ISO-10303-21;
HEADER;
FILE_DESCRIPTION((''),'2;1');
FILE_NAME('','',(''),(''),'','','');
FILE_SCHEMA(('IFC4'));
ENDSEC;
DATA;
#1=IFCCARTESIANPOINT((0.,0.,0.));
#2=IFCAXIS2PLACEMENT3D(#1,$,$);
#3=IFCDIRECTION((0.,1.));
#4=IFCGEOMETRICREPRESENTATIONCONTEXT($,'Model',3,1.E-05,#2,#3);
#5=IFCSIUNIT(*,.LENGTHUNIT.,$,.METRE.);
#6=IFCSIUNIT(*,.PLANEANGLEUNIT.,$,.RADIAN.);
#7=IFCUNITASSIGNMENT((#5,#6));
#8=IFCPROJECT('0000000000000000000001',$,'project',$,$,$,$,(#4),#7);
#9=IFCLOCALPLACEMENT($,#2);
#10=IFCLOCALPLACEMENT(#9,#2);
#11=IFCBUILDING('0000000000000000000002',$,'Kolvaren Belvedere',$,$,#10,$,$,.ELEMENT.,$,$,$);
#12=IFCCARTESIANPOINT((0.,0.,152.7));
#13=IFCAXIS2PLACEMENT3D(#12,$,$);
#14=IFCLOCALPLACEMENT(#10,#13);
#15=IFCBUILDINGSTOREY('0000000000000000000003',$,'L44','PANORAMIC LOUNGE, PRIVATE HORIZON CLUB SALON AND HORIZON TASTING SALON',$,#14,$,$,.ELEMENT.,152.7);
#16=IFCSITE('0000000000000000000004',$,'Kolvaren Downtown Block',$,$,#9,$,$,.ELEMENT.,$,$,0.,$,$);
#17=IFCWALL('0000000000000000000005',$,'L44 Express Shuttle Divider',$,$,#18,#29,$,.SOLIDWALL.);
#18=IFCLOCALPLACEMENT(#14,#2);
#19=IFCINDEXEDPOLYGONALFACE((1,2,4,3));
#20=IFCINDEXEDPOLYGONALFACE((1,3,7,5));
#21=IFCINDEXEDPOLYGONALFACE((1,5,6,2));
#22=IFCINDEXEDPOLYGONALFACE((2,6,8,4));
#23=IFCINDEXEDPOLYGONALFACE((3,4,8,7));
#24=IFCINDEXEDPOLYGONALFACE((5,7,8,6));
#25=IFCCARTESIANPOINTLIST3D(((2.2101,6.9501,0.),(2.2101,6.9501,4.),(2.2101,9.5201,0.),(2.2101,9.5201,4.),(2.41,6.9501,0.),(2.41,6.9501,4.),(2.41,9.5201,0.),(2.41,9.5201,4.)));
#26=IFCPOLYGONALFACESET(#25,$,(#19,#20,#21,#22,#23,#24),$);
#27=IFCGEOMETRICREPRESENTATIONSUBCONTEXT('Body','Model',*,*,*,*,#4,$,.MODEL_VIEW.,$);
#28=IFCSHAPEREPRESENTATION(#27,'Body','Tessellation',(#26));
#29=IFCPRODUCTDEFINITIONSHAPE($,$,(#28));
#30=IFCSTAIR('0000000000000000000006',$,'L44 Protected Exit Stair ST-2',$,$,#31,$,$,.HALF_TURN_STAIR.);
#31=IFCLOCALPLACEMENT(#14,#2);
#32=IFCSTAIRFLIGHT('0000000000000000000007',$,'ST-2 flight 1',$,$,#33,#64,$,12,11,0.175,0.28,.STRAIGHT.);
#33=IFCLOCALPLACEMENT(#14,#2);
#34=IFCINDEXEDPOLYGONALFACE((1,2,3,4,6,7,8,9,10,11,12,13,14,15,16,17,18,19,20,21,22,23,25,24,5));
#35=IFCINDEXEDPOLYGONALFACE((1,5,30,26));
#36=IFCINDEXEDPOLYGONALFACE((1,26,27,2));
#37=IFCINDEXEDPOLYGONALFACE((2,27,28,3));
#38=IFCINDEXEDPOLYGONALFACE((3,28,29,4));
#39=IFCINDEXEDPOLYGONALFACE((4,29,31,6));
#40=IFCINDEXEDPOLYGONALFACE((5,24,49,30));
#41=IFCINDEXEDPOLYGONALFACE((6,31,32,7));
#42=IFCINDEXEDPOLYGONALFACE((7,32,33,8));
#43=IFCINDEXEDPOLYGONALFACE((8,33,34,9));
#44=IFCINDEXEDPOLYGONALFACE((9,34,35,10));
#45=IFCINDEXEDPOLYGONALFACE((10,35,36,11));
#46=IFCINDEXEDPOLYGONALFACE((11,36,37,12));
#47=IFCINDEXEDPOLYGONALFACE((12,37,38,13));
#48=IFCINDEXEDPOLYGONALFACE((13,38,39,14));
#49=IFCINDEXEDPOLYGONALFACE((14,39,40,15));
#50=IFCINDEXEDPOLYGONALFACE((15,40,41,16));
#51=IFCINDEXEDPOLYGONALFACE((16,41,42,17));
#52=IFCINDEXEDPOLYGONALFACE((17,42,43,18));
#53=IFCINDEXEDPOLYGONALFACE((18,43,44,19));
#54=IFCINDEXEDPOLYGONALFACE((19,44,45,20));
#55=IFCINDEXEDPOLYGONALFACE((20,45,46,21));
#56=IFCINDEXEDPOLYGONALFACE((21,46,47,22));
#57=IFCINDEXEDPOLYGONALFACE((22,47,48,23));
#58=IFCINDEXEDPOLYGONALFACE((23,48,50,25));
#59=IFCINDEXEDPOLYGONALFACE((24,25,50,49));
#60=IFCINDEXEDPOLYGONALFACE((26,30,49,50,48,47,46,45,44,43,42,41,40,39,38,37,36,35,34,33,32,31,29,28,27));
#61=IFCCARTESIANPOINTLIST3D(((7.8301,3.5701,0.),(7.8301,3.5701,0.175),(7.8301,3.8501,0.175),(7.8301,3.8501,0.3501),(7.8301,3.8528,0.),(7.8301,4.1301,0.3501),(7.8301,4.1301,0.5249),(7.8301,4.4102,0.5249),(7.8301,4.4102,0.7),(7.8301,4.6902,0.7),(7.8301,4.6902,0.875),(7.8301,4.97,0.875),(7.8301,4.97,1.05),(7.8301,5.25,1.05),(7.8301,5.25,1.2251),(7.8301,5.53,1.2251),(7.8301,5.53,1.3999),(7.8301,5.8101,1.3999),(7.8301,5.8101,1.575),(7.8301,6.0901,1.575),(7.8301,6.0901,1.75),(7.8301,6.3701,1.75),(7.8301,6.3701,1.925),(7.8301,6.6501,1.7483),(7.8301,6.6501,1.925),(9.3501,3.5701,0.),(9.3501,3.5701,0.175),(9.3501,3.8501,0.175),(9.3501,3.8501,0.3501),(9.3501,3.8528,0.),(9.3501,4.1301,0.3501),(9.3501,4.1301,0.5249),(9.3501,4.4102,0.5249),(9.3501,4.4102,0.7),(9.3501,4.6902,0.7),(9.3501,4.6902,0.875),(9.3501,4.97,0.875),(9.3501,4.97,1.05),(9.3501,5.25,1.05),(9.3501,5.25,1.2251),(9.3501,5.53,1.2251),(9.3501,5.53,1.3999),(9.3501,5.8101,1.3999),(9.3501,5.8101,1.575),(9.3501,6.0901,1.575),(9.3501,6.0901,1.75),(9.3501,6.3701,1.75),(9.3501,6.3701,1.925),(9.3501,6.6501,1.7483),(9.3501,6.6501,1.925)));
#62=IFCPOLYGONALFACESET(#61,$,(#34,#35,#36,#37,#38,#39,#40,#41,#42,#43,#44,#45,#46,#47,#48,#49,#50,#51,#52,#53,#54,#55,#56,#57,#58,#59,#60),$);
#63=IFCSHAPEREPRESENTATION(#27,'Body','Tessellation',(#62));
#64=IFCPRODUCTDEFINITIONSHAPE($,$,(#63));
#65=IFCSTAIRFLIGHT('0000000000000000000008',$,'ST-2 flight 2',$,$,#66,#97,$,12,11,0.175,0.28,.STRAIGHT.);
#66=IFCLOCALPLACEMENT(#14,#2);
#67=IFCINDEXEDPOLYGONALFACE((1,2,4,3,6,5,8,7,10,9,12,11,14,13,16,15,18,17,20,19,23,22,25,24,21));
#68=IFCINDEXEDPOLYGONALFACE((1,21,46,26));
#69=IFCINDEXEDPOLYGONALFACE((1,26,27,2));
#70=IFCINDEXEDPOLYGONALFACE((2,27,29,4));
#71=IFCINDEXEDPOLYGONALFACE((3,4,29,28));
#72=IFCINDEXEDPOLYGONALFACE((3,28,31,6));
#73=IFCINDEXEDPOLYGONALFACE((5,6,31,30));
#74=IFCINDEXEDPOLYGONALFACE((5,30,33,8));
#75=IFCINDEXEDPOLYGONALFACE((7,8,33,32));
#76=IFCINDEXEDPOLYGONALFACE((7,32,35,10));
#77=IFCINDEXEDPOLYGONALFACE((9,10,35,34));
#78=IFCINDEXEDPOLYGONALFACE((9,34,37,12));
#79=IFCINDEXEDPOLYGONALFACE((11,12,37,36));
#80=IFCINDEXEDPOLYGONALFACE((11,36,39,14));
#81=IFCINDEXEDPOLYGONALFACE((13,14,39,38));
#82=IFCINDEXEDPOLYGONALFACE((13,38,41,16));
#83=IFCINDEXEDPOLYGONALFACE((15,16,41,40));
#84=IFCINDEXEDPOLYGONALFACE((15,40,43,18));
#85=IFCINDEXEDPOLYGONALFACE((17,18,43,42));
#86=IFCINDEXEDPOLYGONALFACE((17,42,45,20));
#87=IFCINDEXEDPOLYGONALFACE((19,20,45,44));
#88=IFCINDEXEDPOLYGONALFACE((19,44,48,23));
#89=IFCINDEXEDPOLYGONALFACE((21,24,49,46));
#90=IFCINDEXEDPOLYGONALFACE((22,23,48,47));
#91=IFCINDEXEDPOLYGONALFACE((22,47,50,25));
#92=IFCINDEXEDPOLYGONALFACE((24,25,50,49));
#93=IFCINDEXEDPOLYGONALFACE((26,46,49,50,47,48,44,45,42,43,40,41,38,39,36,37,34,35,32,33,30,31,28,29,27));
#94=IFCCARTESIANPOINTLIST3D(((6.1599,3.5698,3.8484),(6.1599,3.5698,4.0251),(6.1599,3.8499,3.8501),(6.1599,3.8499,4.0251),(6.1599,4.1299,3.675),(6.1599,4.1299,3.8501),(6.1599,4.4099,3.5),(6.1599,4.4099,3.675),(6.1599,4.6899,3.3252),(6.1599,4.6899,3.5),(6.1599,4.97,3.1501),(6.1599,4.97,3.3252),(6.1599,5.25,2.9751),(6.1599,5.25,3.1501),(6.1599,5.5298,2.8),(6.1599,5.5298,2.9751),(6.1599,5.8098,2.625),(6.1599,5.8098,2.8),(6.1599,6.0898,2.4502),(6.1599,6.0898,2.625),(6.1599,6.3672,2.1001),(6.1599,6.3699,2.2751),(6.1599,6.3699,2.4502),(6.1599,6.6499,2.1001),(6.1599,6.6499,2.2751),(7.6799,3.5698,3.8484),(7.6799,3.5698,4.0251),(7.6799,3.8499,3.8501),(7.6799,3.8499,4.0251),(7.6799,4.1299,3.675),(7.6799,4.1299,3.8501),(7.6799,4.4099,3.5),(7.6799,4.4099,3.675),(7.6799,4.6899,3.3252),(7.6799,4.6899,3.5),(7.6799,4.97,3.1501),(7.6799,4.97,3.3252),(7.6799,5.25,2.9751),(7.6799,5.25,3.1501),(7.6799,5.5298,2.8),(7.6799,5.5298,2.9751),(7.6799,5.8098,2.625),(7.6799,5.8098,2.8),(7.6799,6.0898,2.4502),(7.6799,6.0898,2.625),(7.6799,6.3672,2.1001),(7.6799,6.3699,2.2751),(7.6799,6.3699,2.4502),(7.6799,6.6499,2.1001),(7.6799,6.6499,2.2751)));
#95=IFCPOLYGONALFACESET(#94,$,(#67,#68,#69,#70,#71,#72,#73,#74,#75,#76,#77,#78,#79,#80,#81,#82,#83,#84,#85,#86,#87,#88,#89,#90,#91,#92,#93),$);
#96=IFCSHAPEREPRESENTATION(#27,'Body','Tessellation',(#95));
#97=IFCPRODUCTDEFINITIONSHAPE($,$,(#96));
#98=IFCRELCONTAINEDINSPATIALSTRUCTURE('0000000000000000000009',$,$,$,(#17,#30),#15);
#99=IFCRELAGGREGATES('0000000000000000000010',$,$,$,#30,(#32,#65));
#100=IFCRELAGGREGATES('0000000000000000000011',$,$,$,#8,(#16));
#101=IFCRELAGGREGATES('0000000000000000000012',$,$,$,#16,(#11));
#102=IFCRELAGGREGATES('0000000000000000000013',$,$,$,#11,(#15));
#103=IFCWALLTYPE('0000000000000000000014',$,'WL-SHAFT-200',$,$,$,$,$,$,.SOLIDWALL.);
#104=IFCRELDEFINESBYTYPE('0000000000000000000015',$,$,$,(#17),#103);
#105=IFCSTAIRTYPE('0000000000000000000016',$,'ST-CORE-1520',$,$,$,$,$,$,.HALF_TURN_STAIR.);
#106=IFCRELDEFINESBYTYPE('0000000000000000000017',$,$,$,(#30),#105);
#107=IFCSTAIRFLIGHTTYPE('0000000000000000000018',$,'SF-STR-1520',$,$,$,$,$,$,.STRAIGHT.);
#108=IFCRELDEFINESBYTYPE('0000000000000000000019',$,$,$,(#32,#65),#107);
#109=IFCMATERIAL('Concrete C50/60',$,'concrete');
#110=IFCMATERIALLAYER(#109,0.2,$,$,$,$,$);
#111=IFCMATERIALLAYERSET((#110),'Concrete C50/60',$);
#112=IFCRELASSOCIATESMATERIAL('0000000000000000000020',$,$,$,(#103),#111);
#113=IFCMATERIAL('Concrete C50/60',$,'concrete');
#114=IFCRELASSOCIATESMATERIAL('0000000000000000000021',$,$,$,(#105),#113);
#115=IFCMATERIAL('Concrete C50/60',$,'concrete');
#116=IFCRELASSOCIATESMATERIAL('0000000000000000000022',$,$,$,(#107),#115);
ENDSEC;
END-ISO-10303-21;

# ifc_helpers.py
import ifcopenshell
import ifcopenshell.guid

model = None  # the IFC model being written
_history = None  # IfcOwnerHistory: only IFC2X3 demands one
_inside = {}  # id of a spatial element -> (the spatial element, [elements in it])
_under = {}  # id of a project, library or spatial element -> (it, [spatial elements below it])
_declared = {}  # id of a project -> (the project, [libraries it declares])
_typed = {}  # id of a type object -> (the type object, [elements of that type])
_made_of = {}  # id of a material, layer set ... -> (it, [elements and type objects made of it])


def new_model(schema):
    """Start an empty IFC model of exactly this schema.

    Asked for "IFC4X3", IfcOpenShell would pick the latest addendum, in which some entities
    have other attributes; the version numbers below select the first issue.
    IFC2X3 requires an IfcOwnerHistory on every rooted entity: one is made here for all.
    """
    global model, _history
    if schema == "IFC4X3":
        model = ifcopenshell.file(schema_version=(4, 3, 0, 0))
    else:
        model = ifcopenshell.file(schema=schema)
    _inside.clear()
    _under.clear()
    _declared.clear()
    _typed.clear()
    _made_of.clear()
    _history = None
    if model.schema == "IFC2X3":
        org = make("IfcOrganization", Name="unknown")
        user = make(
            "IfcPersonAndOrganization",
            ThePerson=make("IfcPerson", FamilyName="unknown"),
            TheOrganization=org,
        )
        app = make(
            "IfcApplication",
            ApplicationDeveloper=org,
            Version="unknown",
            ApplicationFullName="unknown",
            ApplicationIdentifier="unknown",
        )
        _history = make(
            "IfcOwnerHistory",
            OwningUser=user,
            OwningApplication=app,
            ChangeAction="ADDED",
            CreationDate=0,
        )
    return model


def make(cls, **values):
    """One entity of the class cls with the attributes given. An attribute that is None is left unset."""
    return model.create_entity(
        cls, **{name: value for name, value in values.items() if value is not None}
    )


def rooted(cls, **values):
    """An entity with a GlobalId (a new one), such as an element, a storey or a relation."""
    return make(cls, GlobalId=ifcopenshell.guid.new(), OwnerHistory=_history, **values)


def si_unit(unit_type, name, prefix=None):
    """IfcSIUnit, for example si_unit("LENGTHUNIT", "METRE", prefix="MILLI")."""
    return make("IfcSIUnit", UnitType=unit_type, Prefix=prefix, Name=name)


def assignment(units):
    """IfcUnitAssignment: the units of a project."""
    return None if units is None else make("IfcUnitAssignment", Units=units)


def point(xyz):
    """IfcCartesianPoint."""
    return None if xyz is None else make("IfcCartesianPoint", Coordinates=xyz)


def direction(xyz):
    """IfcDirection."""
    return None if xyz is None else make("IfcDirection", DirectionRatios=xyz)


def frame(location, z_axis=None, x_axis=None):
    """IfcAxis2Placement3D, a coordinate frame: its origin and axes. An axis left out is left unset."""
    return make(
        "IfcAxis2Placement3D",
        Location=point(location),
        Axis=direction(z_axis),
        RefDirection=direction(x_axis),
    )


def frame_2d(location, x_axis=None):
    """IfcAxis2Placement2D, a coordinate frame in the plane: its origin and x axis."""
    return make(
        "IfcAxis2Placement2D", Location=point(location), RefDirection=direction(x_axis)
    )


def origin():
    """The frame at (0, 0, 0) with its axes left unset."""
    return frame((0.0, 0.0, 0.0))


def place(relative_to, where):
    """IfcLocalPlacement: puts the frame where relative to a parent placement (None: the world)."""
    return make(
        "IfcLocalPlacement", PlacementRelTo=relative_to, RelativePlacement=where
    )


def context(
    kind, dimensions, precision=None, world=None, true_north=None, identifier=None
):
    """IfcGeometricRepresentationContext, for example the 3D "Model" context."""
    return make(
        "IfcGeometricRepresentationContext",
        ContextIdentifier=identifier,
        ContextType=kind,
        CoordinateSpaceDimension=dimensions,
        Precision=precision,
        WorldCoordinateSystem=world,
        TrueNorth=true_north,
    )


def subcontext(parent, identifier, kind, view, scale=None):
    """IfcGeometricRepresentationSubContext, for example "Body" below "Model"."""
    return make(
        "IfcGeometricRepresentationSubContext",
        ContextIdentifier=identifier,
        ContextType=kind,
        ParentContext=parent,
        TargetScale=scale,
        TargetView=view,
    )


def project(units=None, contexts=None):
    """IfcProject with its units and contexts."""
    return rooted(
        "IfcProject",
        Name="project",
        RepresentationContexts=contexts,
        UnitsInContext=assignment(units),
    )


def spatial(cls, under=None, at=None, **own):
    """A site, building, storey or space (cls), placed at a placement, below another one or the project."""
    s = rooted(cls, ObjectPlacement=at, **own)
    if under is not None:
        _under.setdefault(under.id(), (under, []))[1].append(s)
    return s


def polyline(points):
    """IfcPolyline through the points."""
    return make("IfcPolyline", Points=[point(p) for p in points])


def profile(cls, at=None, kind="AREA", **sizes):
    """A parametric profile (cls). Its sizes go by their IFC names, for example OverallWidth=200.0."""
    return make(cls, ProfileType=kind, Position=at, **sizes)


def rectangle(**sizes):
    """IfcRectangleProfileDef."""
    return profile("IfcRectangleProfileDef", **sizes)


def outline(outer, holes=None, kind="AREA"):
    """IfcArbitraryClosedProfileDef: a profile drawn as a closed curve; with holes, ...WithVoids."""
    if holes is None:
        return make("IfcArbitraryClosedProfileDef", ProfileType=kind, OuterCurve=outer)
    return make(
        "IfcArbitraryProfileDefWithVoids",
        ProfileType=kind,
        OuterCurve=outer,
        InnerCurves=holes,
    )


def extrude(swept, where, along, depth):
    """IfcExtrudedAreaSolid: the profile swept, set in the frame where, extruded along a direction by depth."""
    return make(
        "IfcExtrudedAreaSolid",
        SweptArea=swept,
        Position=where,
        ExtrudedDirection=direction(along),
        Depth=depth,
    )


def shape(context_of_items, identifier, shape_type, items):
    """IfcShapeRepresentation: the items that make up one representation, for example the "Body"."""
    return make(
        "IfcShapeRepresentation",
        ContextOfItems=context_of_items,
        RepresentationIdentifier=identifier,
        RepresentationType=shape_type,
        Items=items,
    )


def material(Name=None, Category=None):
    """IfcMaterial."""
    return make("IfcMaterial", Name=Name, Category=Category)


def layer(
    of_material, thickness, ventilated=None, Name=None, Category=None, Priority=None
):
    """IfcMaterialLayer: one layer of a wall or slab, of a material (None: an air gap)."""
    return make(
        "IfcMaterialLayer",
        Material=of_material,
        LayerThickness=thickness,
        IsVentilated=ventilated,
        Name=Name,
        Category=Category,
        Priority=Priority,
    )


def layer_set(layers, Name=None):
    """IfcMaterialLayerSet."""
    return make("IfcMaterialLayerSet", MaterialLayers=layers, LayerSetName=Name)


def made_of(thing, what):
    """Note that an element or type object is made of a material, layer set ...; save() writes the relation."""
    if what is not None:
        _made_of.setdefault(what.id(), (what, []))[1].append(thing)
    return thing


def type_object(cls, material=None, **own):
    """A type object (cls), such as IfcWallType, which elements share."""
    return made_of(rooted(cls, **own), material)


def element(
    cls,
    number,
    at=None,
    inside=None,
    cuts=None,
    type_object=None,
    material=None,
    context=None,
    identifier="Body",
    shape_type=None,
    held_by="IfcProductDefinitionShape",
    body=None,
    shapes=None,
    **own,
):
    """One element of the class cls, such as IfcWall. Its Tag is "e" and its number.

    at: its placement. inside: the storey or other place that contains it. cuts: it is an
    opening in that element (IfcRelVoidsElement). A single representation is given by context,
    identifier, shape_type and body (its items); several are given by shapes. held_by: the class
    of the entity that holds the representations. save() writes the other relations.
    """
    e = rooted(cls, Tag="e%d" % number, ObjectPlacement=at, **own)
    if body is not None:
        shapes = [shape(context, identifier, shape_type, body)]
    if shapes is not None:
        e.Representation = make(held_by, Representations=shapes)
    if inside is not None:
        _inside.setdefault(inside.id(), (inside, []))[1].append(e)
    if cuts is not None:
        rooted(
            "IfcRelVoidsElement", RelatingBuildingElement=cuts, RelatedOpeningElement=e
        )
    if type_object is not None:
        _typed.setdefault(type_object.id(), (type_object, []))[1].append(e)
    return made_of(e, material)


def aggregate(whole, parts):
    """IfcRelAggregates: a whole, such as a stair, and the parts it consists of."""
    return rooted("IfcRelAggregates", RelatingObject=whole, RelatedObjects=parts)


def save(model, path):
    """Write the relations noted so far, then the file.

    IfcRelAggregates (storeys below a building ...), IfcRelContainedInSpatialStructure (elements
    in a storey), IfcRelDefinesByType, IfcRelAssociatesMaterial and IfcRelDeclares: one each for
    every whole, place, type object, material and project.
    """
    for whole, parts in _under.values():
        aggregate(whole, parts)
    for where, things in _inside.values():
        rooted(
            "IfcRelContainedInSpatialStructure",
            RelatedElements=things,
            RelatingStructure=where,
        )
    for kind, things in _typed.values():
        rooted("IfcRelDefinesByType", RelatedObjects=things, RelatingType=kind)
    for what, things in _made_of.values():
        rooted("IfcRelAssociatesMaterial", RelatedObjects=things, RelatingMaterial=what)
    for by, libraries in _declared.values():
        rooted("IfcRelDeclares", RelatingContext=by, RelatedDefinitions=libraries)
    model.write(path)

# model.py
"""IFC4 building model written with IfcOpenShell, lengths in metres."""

from ifc_helpers import new_model, si_unit, direction, frame, frame_2d, origin, place, context, subcontext, project, spatial, polyline, rectangle, outline, extrude, material, layer, layer_set, type_object, element, aggregate, save


model = new_model("IFC4")

# Units and contexts
model_context = context("Model", 3, precision=1e-05, world=origin(), true_north=direction((0.0, 1.0)))
body_context = subcontext(model_context, "Body", "Model", "MODEL_VIEW")
ifc_project = project(units=[si_unit("LENGTHUNIT", "METRE"), si_unit("PLANEANGLEUNIT", "RADIAN")], contexts=[model_context])

# Site, building, storey
site_placement = place(None, origin())
site = spatial("IfcSite", under=ifc_project, at=site_placement, Name="Kolvaren Downtown Block", CompositionType="ELEMENT", RefElevation=0.0)
building_placement = place(site_placement, origin())
building = spatial("IfcBuilding", under=site, at=building_placement, Name="Kolvaren Belvedere", CompositionType="ELEMENT")
storey_placement = place(building_placement, frame((0.0, 0.0, 152.7)))
storey = spatial("IfcBuildingStorey", under=building, at=storey_placement, Name="L44", Description="PANORAMIC LOUNGE, PRIVATE HORIZON CLUB SALON AND HORIZON TASTING SALON", CompositionType="ELEMENT", Elevation=152.7)

# Shared definitions
ifc_material_1 = material(Name="Concrete C50/60", Category="concrete")
ifc_layer_1 = layer(ifc_material_1, 0.2)
ifc_layer_set_1 = layer_set([ifc_layer_1], Name="Concrete C50/60")
wall_type_1 = type_object("IfcWallType", Name="WL-SHAFT-200", PredefinedType="SOLIDWALL", material=ifc_layer_set_1)

# Wall
for number, where, z_axis, x_axis, name in (
    (1, (2.3101, 6.95, 0.0), (0.0, 0.0, 1.0), (0.0, 1.0, 0.0), "L44 Express Shuttle Divider"),
):
    element("IfcWall", number, at=place(storey_placement, frame(where, z_axis=z_axis, x_axis=x_axis)), inside=storey, type_object=wall_type_1, Name=name, PredefinedType="SOLIDWALL", context=body_context, shape_type="SweptSolid", body=[
        extrude(rectangle(XDim=2.5701, YDim=0.2, at=frame_2d((1.2852, 0.0))), origin(), (0.0, 0.0, 1.0), 4.0),
    ])

# Stair, stair flights
ifc_material_2 = material(Name="Concrete C50/60", Category="concrete")
stair_type = type_object("IfcStairType", Name="ST-CORE-1520", PredefinedType="HALF_TURN_STAIR", material=ifc_material_2)
stair_placement = place(storey_placement, origin())
stair = element("IfcStair", 2, at=stair_placement, inside=storey, type_object=stair_type, Name="L44 Protected Exit Stair ST-2", PredefinedType="HALF_TURN_STAIR")
ifc_material_3 = material(Name="Concrete C50/60", Category="concrete")
stair_flight_type = type_object("IfcStairFlightType", Name="SF-STR-1520", PredefinedType="STRAIGHT", material=ifc_material_3)
stair_flight_1_placement = place(storey_placement, frame((8.5901, 3.5701, 0.0), z_axis=(0.0, 0.0, 1.0), x_axis=(0.0, 1.0, 0.0)))
stair_flight_1 = element("IfcStairFlight", 3, at=stair_flight_1_placement, type_object=stair_flight_type, Name="ST-2 flight 1", NumberOfRisers=12, NumberOfTreads=11, PredefinedType="STRAIGHT", RiserHeight=0.175, TreadLength=0.28, context=body_context, shape_type="SweptSolid", body=[
    extrude(outline(polyline([(0.0, 0.0), (0.0, 0.175), (0.28, 0.175), (0.28, 0.3501), (0.5601, 0.3501), (0.5601, 0.5249), (0.8401, 0.5249), (0.8401, 0.7), (1.1201, 0.7), (1.1201, 0.875), (1.3999, 0.875), (1.3999, 1.05), (1.6799, 1.05), (1.6799, 1.2251), (1.96, 1.2251), (1.96, 1.3999), (2.24, 1.3999), (2.24, 1.575), (2.52, 1.575), (2.52, 1.75), (2.8, 1.75), (2.8, 1.925), (3.0801, 1.925), (3.0801, 2.1001), (3.0801, 1.7483), (0.2827, 0.0), (0.0, 0.0)])), frame((0.0, 0.76, 0.0), z_axis=(0.0, -1.0, 0.0), x_axis=(1.0, 0.0, 0.0)), (0.0, 0.0, 1.0), 1.52),
])
stair_flight_2_placement = place(storey_placement, frame((6.9199, 6.6499, 2.1001), z_axis=(0.0, 0.0, 1.0), x_axis=(0.0, -1.0, 0.0)))
stair_flight_2 = element("IfcStairFlight", 4, at=stair_flight_2_placement, type_object=stair_flight_type, Name="ST-2 flight 2", NumberOfRisers=12, NumberOfTreads=11, PredefinedType="STRAIGHT", RiserHeight=0.175, TreadLength=0.28, context=body_context, shape_type="SweptSolid", body=[
    extrude(outline(polyline([(0.0, 0.0), (0.0, 0.175), (0.28, 0.175), (0.28, 0.3501), (0.5601, 0.3501), (0.5601, 0.5249), (0.8401, 0.5249), (0.8401, 0.7), (1.1201, 0.7), (1.1201, 0.875), (1.3999, 0.875), (1.3999, 1.05), (1.6799, 1.05), (1.6799, 1.2251), (1.96, 1.2251), (1.96, 1.3999), (2.24, 1.3999), (2.24, 1.575), (2.52, 1.575), (2.52, 1.75), (2.8, 1.75), (2.8, 1.925), (3.0801, 1.925), (3.0801, 2.1001), (3.0801, 1.7483), (0.2827, 0.0), (0.0, 0.0)])), frame((0.0, 0.76, 0.0), z_axis=(0.0, -1.0, 0.0), x_axis=(1.0, 0.0, 0.0)), (0.0, 0.0, 1.0), 1.52),
])
aggregate(stair, [stair_flight_1, stair_flight_2])

save(model, "model.ifc")
